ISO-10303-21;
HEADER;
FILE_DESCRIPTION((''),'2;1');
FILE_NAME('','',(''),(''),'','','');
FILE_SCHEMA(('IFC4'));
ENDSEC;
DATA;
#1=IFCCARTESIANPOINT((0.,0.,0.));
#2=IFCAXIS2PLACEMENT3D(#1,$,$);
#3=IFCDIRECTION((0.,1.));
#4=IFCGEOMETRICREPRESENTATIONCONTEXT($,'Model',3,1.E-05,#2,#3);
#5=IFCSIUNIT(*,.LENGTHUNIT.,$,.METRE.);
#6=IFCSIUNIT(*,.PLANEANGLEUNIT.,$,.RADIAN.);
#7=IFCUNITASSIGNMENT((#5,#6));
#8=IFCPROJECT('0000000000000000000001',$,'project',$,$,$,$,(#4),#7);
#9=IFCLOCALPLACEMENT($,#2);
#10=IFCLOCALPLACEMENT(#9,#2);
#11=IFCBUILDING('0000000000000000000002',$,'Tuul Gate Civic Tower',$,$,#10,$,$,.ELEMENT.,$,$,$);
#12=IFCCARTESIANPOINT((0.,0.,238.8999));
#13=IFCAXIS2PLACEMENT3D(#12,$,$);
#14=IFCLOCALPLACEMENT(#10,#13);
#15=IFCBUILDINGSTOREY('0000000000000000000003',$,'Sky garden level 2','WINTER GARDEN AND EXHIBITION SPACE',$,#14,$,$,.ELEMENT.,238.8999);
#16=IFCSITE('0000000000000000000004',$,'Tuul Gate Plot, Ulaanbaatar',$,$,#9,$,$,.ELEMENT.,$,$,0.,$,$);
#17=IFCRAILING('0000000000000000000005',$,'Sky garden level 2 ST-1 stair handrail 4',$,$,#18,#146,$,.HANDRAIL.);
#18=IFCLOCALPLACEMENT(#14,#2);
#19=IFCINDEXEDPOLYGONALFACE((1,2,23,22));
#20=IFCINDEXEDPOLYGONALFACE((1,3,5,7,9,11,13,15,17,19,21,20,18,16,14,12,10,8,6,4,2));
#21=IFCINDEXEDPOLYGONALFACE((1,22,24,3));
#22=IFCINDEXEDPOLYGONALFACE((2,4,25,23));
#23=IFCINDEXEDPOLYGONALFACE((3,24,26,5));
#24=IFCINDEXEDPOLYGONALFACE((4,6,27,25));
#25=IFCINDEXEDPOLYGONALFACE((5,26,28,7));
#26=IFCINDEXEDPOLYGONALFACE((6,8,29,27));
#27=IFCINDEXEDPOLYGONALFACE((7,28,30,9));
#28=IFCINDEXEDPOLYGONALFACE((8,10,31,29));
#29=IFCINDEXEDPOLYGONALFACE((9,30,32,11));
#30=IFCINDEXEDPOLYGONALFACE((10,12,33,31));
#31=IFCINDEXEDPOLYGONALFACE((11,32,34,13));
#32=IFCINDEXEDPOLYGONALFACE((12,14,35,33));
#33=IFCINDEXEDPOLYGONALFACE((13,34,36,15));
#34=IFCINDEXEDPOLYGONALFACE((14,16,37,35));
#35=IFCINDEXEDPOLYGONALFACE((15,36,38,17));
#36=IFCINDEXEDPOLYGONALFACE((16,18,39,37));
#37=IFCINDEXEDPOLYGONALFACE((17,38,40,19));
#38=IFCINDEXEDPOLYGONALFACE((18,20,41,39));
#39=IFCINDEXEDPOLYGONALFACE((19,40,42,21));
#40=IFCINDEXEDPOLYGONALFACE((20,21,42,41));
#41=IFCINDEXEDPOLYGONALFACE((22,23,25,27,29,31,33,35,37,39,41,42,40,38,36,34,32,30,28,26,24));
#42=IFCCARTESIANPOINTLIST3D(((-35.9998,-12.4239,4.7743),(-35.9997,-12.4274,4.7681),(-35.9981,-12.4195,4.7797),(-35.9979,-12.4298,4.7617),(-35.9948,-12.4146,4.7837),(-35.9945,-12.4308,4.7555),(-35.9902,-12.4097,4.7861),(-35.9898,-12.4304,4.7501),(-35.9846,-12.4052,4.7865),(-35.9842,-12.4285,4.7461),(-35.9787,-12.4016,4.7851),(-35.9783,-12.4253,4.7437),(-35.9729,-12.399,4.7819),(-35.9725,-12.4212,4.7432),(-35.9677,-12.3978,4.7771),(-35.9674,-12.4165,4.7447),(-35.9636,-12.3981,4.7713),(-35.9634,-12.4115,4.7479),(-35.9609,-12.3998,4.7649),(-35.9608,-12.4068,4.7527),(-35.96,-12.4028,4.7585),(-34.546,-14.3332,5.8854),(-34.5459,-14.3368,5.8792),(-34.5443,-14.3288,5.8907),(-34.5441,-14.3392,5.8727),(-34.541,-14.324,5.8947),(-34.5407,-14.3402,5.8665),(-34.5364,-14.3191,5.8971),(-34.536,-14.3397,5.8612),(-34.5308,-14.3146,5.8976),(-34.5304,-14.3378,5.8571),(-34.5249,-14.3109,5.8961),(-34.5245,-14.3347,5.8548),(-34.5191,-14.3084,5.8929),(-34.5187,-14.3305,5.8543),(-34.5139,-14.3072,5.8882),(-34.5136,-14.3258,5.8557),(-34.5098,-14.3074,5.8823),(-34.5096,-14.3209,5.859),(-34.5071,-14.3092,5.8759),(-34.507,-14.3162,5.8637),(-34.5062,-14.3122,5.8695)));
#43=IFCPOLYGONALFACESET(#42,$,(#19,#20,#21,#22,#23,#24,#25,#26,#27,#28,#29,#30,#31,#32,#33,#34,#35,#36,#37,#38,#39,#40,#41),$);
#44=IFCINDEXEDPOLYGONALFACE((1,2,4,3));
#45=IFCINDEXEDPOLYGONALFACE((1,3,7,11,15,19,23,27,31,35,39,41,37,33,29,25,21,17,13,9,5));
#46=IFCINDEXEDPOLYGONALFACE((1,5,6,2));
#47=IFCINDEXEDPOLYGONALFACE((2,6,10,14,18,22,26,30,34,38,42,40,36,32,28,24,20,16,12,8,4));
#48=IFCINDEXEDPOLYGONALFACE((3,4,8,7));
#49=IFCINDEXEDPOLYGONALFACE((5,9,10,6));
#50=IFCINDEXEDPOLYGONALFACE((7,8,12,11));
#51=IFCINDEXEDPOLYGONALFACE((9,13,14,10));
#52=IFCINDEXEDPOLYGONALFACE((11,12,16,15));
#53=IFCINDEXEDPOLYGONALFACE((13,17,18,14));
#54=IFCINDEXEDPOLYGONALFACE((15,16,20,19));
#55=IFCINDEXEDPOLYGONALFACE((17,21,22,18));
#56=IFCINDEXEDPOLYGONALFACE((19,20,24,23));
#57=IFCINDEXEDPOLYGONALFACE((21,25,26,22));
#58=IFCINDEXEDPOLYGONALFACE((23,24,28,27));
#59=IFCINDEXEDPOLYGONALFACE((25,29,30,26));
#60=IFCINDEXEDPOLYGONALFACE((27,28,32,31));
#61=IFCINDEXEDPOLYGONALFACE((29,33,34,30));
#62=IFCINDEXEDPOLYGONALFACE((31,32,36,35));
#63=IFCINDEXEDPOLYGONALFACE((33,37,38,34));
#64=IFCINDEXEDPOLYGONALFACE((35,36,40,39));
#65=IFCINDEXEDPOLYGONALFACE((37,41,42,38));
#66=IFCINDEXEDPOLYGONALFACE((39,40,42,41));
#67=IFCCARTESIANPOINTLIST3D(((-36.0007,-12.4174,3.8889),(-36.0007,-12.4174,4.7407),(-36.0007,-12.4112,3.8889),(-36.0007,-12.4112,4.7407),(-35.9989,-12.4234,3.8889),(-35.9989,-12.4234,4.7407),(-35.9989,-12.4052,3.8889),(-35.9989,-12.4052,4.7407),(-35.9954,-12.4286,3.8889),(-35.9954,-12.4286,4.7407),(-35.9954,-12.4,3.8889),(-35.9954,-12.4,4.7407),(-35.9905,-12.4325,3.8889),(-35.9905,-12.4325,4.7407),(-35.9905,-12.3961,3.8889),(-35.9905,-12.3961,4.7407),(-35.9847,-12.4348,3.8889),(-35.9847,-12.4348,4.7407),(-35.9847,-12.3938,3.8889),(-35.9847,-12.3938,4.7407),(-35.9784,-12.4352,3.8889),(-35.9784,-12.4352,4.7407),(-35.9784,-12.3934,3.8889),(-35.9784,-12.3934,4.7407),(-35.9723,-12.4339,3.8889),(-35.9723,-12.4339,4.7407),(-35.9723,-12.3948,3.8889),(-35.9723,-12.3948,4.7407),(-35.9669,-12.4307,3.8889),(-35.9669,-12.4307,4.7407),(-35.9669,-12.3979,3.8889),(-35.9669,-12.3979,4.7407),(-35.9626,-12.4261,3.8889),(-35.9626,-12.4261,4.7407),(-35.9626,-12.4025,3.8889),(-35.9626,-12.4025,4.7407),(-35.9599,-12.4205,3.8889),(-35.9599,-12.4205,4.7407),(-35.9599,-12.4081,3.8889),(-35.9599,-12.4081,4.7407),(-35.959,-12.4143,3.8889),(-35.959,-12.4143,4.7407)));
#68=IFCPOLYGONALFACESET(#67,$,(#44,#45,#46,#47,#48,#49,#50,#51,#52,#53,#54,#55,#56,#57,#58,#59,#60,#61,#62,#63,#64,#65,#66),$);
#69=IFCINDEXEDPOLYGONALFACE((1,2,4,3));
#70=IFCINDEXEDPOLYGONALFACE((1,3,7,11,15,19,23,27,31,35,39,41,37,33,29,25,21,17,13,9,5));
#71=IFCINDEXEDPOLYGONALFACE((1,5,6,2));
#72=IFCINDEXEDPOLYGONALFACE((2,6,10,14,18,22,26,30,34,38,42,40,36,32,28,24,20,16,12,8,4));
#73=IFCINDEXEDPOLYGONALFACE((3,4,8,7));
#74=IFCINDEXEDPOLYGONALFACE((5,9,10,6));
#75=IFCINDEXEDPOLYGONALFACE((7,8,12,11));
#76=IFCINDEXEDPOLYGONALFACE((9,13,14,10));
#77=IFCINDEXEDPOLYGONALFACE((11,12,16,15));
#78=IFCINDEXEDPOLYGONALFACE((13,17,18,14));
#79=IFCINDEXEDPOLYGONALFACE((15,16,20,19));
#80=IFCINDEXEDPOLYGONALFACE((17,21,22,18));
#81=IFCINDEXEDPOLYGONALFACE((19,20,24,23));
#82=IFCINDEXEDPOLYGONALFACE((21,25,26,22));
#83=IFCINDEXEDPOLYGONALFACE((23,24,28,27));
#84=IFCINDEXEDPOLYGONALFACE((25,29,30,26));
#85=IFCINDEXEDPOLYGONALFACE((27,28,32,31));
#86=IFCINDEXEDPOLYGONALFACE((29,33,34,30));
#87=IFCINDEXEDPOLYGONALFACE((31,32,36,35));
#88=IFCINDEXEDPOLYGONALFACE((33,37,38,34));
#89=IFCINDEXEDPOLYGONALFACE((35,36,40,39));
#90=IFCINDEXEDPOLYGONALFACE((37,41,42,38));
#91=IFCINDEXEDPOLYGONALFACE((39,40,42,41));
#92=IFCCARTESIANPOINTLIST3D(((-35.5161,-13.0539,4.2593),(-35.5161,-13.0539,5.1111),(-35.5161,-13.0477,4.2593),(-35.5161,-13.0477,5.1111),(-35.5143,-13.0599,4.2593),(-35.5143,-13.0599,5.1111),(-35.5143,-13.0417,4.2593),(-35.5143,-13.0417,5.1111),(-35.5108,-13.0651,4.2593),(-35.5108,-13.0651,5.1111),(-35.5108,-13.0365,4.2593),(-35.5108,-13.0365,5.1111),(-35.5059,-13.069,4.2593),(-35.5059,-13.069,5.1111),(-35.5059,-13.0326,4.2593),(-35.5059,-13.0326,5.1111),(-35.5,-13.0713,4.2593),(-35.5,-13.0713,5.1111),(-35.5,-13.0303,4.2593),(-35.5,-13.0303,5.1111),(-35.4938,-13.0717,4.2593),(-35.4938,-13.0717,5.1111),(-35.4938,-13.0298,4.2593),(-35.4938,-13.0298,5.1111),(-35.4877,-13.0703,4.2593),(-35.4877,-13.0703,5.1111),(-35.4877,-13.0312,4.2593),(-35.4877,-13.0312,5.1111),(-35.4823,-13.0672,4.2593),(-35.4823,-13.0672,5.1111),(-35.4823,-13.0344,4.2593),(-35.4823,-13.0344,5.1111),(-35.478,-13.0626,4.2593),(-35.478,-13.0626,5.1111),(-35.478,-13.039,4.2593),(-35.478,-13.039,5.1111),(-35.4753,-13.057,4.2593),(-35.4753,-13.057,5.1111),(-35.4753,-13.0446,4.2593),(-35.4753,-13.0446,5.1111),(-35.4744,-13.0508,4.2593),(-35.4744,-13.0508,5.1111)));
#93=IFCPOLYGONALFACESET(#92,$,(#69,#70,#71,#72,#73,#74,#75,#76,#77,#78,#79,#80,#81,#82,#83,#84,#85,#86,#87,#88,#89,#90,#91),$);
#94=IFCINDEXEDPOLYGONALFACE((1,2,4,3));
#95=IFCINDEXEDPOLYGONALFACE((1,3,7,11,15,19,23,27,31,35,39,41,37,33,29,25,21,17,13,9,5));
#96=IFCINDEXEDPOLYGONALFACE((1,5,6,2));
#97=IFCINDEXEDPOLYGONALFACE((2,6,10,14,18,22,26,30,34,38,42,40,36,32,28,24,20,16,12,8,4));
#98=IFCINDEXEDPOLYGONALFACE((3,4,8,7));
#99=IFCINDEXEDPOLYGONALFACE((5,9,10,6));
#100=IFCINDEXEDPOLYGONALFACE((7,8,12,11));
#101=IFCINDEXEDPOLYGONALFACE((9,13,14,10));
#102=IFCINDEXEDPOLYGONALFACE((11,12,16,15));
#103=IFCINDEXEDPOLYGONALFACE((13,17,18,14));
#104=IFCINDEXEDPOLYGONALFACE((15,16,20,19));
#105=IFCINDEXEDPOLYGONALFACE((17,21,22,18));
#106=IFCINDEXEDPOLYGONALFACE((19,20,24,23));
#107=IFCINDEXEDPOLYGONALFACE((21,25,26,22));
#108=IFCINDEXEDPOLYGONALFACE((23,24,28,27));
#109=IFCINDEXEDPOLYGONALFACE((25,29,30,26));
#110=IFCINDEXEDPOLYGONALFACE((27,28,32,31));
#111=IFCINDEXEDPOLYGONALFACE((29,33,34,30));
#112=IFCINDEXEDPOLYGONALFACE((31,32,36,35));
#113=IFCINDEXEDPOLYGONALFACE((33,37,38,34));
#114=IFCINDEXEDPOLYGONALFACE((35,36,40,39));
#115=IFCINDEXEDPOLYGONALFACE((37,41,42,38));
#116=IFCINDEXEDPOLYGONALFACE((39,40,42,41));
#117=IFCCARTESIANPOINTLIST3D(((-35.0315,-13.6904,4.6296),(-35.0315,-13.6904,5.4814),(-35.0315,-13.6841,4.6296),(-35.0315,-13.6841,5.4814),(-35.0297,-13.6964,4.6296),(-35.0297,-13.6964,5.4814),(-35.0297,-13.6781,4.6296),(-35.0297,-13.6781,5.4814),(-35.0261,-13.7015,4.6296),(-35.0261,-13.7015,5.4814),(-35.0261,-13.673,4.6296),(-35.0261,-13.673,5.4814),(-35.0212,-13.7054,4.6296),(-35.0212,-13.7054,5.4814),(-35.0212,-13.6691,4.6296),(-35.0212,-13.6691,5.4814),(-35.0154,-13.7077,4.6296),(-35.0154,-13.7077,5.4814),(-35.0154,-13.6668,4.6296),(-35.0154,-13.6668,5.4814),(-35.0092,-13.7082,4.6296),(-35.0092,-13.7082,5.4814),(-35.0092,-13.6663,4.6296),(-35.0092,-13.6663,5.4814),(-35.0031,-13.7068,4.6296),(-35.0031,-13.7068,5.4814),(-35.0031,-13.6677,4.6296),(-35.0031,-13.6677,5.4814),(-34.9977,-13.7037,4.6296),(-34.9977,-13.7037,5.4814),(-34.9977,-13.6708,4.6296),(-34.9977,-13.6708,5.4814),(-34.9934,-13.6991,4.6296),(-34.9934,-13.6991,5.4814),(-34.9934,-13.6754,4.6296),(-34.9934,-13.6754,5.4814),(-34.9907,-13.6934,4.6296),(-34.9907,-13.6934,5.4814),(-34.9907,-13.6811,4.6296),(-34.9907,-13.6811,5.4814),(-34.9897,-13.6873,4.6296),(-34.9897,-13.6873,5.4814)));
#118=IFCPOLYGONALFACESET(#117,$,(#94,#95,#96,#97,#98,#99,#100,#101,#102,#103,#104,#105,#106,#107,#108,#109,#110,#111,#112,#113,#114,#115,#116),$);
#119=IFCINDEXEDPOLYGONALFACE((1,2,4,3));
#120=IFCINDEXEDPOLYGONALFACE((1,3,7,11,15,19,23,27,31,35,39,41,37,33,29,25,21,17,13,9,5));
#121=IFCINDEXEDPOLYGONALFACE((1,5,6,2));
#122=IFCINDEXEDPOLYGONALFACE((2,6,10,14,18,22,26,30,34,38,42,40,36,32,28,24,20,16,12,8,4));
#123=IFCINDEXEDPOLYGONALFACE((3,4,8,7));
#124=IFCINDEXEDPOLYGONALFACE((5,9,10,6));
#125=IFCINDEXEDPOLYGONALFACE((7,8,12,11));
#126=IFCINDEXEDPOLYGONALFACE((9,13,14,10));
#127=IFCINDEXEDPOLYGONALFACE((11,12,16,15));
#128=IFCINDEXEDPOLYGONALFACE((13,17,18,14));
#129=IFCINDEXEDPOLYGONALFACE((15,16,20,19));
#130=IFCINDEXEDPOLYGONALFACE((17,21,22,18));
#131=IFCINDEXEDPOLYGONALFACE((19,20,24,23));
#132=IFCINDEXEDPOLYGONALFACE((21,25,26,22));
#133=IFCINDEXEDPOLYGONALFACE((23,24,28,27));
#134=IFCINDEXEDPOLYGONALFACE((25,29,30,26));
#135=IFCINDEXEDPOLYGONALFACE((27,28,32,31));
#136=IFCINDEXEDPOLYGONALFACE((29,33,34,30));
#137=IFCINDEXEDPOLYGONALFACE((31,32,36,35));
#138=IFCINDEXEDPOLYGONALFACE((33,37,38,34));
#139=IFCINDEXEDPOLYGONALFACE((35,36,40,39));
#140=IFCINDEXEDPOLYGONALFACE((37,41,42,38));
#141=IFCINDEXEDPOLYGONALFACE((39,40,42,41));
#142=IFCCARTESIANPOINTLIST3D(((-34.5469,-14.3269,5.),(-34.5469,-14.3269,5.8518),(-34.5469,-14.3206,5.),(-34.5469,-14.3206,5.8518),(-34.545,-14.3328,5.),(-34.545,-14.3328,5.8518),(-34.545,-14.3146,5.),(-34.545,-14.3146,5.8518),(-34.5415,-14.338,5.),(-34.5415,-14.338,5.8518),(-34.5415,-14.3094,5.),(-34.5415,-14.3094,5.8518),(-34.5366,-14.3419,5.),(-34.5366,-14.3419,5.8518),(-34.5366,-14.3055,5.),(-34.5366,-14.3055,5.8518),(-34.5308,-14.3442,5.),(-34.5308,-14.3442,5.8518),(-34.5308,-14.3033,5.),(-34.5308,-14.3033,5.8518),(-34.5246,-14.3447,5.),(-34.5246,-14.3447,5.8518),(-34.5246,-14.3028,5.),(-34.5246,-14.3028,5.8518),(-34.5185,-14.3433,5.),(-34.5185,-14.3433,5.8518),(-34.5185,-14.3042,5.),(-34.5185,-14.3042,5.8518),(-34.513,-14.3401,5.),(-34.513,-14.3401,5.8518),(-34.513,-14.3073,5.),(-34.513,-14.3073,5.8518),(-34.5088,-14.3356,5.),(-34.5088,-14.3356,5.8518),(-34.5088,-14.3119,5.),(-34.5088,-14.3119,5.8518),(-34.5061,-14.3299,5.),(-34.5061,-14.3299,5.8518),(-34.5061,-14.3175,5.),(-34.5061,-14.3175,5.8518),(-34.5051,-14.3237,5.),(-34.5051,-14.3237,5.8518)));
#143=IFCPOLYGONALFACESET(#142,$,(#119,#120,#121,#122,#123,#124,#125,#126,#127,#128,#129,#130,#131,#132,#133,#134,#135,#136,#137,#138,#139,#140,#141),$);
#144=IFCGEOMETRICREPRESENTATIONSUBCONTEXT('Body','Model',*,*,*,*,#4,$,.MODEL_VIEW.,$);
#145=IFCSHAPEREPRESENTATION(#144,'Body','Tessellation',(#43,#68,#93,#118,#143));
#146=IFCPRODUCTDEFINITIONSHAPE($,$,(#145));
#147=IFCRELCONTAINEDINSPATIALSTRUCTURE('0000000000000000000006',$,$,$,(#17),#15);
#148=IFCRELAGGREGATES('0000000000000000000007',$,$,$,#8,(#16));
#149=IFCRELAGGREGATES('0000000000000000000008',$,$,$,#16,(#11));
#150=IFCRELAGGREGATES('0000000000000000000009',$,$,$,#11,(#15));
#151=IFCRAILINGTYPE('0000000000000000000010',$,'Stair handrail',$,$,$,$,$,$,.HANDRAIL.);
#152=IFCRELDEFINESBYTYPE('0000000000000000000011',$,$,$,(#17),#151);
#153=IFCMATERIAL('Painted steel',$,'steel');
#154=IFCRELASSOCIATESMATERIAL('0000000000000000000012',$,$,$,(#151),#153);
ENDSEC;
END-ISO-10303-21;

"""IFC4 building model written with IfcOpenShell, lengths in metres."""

from ifc_helpers import new_model, si_unit, direction, frame, origin, origin_2d, place, context, subcontext, project, spatial, circle, extrude, material, type_object, element, save


model = new_model("IFC4")

# Units and contexts
model_context = context("Model", 3, precision=1e-05, world=origin(), true_north=direction((0.0, 1.0)))
body_context = subcontext(model_context, "Body", "Model", "MODEL_VIEW")
ifc_project = project(units=[si_unit("LENGTHUNIT", "METRE"), si_unit("PLANEANGLEUNIT", "RADIAN")], contexts=[model_context])

# Site, building, storey
site_placement = place(None, origin())
site = spatial("IfcSite", under=ifc_project, at=site_placement, Name="Tuul Gate Plot, Ulaanbaatar", CompositionType="ELEMENT", RefElevation=0.0)
building_placement = place(site_placement, origin())
building = spatial("IfcBuilding", under=site, at=building_placement, Name="Tuul Gate Civic Tower", CompositionType="ELEMENT")
storey_placement = place(building_placement, frame((0.0, 0.0, 238.8999)))
storey = spatial("IfcBuildingStorey", under=building, at=storey_placement, Name="Sky garden level 2", Description="WINTER GARDEN AND EXHIBITION SPACE", CompositionType="ELEMENT", Elevation=238.8999)

# Railing
ifc_material_1 = material(Name="Painted steel", Category="steel")
railing_type = type_object("IfcRailingType", Name="Stair handrail", PredefinedType="HANDRAIL", material=ifc_material_1)
railing_1_placement = place(storey_placement, frame((-35.98, -12.4143, 3.8889)))
element("IfcRailing", 1, at=railing_1_placement, inside=storey, type_object=railing_type, Name="Sky garden level 2 ST-1 stair handrail 4", PredefinedType="HANDRAIL", context=body_context, shape_type="SweptSolid", body=[
    extrude(circle(Radius=0.0239, at=origin_2d()), frame((0.0, 0.0, 0.876), z_axis=(0.549738, -0.721998, 0.420127), x_axis=(0.795621, 0.605795, 0.0)), (0.0, 0.0, 1.0), 2.6445),
    extrude(circle(Radius=0.021, at=origin_2d()), origin(), (0.0, 0.0, 1.0), 0.8518),
    extrude(circle(Radius=0.021, at=origin_2d()), frame((0.4846, -0.6365, 0.3704)), (0.0, 0.0, 1.0), 0.8518),
    extrude(circle(Radius=0.021, at=origin_2d()), frame((0.9692, -1.2729, 0.7407)), (0.0, 0.0, 1.0), 0.8518),
    extrude(circle(Radius=0.021, at=origin_2d()), frame((1.4539, -1.9094, 1.1111)), (0.0, 0.0, 1.0), 0.8518),
])

save(model, "model.ifc")
